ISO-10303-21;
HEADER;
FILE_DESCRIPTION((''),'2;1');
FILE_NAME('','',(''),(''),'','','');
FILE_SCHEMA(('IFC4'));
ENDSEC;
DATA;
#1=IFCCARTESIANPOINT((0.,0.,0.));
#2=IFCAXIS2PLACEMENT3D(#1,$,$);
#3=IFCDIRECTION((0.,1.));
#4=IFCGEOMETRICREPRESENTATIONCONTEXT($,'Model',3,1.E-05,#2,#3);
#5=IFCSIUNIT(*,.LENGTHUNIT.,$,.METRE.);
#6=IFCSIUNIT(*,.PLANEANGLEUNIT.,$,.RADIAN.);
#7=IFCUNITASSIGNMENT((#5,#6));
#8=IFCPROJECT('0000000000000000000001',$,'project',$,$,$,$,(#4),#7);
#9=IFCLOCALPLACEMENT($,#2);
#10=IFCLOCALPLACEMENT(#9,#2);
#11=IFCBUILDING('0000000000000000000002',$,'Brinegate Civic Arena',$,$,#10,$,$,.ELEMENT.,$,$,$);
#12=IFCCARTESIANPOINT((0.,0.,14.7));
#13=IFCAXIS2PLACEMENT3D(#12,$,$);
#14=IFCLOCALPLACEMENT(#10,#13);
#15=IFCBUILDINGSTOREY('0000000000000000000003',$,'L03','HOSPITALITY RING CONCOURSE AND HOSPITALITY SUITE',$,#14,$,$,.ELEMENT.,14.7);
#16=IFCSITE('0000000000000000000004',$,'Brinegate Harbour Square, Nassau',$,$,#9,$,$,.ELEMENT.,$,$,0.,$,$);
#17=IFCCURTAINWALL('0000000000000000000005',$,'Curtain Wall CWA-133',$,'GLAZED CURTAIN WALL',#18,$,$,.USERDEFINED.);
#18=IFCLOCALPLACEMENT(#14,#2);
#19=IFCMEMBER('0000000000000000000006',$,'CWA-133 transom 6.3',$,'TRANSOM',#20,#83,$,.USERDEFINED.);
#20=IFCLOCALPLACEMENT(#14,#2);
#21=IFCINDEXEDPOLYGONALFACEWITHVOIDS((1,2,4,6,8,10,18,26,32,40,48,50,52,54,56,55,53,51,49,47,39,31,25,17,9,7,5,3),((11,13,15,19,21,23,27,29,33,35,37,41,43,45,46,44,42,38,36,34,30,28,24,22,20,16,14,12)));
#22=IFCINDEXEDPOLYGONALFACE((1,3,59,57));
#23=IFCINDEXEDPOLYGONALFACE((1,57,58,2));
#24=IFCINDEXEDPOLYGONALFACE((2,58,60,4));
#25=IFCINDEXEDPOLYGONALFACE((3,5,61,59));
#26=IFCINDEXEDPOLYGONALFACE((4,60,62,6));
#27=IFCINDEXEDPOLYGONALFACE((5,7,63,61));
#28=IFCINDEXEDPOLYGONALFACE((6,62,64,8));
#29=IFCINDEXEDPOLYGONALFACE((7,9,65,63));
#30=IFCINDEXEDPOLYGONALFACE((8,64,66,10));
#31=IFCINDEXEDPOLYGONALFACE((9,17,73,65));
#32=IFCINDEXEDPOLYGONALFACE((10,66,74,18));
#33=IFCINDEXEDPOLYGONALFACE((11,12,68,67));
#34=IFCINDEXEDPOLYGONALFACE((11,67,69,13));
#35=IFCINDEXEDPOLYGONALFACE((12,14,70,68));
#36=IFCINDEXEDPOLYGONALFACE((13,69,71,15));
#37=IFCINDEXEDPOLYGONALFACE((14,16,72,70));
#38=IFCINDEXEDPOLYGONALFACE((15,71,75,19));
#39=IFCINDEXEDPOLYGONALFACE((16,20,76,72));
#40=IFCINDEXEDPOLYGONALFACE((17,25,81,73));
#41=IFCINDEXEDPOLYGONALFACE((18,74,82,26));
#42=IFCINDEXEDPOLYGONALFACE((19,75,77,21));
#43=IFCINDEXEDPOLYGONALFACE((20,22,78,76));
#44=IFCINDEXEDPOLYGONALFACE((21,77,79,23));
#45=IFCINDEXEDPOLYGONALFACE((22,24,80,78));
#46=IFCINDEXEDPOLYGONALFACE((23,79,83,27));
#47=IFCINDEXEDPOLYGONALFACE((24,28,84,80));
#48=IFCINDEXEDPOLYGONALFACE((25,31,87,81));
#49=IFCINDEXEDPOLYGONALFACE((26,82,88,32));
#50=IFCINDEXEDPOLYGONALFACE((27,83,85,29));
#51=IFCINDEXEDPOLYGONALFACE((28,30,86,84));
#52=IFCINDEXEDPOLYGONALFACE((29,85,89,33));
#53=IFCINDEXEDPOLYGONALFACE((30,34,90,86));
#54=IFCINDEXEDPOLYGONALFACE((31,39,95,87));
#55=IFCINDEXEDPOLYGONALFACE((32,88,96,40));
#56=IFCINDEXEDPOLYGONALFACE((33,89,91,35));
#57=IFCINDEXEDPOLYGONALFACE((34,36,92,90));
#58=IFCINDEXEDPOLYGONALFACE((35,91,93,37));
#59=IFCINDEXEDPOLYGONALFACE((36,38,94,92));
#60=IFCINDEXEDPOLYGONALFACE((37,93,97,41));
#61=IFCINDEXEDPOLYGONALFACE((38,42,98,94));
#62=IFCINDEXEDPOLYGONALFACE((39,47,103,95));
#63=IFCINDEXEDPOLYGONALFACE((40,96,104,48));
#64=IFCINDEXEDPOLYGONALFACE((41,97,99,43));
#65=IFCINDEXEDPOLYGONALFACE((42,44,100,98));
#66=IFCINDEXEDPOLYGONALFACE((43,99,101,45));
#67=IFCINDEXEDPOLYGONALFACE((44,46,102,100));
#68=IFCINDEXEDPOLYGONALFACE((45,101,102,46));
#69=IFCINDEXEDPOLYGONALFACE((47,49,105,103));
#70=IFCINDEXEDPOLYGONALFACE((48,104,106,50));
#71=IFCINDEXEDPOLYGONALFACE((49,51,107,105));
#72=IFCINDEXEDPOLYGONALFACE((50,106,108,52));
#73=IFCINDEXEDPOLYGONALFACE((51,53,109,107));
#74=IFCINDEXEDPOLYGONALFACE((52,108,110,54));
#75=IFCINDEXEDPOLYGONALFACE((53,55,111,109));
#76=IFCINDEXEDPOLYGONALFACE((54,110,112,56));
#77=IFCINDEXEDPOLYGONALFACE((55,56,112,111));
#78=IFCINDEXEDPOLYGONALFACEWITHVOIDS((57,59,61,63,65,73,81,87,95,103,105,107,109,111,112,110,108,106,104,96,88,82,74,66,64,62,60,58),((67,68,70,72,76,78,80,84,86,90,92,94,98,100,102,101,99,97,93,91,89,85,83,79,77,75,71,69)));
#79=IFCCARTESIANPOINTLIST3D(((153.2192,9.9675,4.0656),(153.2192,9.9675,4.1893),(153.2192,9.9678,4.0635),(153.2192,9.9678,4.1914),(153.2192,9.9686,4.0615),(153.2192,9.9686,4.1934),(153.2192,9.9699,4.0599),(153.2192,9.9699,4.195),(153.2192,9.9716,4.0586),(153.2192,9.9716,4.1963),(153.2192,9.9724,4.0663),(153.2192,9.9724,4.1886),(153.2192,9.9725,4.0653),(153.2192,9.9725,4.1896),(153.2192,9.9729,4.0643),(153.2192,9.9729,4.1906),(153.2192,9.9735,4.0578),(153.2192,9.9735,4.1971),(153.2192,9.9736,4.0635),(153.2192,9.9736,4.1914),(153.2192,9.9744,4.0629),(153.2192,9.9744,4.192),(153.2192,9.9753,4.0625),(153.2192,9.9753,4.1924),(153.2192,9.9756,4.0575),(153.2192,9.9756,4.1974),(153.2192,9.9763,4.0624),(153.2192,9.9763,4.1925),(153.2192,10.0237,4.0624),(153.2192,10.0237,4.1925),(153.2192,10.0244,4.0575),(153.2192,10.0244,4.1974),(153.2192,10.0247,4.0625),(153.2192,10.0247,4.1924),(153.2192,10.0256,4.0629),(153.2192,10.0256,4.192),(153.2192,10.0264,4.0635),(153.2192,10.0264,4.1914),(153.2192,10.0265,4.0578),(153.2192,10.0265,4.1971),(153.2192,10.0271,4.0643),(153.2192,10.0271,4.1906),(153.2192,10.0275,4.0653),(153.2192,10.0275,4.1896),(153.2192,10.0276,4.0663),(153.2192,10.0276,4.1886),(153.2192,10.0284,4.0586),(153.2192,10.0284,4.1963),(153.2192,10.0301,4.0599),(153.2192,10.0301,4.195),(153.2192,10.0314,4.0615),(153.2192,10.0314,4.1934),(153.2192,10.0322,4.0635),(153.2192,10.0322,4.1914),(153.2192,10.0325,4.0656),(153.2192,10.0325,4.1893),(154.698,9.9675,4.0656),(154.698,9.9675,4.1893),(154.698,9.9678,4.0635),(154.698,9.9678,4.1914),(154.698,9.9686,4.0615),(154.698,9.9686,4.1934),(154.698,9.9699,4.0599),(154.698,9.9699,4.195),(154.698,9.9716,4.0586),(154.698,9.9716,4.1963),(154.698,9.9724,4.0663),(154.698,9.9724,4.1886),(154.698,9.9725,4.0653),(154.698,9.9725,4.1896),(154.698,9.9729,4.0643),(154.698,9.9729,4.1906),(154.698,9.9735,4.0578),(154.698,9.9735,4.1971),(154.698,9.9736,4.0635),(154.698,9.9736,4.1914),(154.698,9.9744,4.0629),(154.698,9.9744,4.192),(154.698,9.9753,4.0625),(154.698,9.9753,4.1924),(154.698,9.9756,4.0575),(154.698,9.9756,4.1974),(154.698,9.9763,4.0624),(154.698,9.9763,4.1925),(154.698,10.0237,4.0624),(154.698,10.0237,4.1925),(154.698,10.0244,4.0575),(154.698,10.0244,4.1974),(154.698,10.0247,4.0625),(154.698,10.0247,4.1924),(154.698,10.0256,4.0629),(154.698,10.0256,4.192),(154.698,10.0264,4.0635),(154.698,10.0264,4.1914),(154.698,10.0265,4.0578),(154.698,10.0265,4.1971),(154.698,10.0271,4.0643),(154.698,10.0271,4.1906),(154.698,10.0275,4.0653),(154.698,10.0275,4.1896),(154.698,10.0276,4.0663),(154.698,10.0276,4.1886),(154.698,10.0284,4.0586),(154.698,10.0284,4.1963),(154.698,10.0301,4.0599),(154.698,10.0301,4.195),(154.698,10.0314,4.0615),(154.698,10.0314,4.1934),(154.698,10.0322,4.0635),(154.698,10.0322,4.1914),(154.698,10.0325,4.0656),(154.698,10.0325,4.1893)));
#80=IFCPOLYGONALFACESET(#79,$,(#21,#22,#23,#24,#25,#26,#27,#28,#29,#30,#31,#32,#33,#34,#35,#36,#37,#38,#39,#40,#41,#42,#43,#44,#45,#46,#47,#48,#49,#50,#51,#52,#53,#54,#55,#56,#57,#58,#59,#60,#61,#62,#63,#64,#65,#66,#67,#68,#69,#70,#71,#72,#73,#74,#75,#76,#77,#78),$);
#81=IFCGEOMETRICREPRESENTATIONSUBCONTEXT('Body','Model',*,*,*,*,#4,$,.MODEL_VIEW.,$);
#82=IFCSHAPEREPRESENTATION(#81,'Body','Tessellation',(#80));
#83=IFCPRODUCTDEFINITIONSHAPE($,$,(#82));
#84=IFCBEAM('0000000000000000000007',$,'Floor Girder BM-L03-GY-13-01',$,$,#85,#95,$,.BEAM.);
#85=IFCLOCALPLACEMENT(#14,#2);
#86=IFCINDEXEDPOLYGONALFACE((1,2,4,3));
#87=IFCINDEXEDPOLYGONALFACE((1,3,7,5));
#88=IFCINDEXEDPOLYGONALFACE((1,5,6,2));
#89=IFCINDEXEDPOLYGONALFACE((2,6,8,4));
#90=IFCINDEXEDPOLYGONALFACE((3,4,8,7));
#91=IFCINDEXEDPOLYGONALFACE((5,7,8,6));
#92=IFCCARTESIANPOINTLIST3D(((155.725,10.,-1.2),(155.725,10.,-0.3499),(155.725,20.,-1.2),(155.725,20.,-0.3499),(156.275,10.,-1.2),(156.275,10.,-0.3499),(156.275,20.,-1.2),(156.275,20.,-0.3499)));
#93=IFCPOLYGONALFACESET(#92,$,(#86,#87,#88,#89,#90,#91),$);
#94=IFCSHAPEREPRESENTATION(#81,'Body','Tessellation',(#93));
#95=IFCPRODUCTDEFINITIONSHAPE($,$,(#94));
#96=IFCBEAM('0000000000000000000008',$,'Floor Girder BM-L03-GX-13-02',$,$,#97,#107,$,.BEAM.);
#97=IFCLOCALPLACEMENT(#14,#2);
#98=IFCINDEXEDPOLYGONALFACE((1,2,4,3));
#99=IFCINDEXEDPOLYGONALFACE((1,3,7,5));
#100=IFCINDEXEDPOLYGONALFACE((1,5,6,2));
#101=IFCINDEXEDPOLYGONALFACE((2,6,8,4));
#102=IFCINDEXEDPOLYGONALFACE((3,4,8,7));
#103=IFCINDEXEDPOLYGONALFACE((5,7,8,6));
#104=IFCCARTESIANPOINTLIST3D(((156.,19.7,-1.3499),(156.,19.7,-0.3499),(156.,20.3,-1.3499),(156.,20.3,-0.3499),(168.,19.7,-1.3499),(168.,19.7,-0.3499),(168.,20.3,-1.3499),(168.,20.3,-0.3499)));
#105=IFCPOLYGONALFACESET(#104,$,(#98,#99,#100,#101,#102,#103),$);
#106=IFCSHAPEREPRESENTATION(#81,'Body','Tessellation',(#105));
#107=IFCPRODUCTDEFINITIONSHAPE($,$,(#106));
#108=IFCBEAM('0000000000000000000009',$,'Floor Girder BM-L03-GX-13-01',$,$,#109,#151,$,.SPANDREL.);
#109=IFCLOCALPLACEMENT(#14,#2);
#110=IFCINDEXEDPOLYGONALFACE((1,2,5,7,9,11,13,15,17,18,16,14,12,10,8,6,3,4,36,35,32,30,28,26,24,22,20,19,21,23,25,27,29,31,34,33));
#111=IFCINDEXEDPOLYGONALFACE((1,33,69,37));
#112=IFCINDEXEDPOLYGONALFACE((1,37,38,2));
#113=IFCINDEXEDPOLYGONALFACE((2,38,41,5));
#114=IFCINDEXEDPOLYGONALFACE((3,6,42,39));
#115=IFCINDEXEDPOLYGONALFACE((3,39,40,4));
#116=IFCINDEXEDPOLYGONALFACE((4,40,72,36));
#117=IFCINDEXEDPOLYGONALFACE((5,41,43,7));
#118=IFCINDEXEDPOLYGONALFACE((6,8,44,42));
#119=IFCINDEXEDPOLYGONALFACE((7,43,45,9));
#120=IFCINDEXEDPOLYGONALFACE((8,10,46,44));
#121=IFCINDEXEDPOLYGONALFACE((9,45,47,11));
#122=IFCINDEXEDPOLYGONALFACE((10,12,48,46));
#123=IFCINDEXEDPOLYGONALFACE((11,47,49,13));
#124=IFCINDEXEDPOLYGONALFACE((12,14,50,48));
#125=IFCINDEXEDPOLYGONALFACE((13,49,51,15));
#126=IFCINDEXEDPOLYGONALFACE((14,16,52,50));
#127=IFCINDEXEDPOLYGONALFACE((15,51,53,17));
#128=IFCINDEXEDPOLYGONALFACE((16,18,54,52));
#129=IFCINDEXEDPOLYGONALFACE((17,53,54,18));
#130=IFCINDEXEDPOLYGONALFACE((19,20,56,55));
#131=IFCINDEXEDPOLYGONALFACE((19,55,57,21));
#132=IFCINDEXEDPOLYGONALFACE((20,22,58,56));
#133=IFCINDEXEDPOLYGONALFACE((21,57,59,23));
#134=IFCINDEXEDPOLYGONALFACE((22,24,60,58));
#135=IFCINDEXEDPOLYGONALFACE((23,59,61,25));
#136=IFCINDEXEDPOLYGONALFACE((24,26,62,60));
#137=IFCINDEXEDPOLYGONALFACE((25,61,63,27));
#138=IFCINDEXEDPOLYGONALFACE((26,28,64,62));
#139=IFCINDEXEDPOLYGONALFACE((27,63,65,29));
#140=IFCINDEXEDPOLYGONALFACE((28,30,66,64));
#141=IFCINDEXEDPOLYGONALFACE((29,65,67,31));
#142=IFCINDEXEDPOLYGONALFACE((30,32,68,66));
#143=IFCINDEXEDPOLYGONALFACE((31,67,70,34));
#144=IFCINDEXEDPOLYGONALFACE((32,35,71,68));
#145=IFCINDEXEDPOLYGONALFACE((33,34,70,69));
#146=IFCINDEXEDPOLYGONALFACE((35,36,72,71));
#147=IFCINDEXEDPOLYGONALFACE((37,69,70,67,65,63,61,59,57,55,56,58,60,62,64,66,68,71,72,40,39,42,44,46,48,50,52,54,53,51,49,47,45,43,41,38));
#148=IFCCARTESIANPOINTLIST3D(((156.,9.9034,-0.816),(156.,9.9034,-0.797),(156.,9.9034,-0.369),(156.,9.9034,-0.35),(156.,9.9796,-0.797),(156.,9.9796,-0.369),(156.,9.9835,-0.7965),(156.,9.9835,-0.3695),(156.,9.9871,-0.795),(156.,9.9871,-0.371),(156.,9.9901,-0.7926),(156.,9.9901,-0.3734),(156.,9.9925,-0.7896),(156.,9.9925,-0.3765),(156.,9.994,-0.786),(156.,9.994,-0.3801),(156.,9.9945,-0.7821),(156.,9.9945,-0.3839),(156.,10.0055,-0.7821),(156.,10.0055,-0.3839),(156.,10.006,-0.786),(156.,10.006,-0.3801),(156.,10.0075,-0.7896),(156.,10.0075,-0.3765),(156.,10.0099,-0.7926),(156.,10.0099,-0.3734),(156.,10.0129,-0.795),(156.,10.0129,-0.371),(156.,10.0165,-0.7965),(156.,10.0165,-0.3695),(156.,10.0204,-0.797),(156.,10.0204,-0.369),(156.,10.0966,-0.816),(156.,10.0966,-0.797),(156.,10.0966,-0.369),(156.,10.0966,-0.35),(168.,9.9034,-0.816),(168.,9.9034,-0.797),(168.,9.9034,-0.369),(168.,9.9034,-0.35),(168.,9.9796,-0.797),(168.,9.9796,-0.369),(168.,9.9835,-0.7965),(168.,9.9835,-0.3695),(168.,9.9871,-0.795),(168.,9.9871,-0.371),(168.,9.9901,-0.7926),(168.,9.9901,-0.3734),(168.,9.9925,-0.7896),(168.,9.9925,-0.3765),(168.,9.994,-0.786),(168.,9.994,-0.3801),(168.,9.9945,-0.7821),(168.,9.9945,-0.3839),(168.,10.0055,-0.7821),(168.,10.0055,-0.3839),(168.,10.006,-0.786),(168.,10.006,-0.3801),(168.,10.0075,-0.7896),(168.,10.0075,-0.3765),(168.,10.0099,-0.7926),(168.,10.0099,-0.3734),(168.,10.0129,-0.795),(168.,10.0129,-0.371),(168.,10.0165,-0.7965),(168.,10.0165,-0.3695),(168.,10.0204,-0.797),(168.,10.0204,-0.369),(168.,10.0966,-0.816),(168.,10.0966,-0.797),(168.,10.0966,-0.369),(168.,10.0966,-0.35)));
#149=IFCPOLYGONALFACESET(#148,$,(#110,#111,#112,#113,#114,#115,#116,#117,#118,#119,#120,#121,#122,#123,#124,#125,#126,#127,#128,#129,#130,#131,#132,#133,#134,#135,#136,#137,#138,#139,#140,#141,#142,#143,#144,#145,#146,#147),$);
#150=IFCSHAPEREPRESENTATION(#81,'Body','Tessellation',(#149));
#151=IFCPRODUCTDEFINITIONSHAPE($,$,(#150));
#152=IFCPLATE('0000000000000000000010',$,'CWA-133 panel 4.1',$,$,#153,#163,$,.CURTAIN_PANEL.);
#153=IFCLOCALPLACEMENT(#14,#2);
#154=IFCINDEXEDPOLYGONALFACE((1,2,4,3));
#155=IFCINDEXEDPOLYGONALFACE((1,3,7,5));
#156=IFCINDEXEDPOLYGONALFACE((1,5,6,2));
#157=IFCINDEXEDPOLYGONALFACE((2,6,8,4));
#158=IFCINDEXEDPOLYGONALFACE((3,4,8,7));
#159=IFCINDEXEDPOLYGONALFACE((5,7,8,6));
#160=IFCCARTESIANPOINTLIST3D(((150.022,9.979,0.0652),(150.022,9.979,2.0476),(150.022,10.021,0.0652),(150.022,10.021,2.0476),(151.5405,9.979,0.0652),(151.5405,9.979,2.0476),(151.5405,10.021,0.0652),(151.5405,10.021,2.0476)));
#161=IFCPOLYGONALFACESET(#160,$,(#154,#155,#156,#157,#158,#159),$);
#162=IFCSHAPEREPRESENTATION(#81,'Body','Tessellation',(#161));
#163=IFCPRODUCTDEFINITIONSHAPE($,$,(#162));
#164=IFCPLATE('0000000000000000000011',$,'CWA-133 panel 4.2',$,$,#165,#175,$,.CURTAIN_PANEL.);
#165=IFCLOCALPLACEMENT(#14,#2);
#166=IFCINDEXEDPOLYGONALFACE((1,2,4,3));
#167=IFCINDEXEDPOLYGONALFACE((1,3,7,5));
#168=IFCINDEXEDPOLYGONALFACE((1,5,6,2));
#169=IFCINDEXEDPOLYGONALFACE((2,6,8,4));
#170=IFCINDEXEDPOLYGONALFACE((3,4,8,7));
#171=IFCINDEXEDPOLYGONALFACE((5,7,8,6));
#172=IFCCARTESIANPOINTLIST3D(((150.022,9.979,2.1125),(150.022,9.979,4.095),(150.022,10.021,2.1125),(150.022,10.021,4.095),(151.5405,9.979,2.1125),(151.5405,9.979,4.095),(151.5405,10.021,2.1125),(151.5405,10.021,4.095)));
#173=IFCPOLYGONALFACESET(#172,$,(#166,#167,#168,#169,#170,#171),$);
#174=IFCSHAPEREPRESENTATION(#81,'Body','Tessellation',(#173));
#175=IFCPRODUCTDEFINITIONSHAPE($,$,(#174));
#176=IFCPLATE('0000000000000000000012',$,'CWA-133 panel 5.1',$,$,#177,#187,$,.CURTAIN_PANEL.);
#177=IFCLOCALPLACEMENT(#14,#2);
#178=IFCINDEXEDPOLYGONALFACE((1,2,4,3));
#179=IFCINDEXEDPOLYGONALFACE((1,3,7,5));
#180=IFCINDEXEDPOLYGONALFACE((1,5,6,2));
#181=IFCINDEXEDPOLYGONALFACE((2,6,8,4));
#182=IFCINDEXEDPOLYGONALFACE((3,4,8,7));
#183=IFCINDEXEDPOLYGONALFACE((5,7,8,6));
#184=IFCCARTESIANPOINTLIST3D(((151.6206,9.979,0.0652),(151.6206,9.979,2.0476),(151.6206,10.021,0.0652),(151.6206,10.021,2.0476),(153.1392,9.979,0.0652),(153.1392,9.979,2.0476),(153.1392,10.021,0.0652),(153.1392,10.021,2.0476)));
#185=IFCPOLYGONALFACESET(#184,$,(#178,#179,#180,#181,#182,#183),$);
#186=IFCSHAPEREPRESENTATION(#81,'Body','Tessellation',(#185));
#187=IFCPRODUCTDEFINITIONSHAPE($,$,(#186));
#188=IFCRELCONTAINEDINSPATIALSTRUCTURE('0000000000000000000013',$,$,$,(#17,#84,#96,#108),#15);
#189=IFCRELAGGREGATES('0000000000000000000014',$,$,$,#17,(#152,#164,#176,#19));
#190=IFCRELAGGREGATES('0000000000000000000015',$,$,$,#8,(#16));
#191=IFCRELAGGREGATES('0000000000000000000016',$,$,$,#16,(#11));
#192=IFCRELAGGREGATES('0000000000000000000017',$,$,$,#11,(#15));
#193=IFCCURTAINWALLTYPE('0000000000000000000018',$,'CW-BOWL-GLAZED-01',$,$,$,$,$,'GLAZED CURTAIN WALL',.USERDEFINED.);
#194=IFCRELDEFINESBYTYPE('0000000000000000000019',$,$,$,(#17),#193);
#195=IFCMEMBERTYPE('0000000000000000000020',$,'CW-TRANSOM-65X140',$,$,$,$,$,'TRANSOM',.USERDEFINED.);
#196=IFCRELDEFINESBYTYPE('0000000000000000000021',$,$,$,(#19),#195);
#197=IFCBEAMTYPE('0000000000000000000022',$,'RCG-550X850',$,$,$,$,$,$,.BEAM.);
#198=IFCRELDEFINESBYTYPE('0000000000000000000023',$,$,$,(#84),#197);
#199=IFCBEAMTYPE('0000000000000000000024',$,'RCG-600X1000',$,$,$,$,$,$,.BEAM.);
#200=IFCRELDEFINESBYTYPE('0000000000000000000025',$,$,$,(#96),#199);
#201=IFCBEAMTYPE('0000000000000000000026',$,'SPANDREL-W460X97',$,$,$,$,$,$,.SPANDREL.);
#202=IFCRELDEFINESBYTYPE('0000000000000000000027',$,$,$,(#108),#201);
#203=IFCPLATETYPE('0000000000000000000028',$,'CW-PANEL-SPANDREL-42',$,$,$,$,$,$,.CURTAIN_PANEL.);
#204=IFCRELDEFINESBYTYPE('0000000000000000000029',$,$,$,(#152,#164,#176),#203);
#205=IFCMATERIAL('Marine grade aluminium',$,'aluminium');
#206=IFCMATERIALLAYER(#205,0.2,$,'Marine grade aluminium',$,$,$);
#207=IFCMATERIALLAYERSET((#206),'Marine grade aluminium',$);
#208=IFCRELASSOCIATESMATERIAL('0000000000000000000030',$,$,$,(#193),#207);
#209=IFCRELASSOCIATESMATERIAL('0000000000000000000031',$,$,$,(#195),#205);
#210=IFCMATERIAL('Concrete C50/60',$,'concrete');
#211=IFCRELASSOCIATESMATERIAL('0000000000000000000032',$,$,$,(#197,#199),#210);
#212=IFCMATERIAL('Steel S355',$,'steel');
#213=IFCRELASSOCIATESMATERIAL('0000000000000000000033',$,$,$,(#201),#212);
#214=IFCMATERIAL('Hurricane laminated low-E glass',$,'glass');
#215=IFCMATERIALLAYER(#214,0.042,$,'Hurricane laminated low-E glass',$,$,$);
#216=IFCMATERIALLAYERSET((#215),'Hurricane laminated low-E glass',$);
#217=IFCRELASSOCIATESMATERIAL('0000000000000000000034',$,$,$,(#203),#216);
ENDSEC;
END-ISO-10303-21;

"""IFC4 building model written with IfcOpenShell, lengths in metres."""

from ifc_helpers import new_model, si_unit, direction, frame, origin, origin_2d, place, context, subcontext, project, spatial, rectangle, hollow_rectangle, i_section, extrude, material, layer, layer_set, material_profile, profile_set, type_object, element, aggregate, save


model = new_model("IFC4")

# Units and contexts
model_context = context("Model", 3, precision=1e-05, world=origin(), true_north=direction((0.0, 1.0)))
body_context = subcontext(model_context, "Body", "Model", "MODEL_VIEW")
ifc_project = project(units=[si_unit("LENGTHUNIT", "METRE"), si_unit("PLANEANGLEUNIT", "RADIAN")], contexts=[model_context])

# Site, building, storey
site_placement = place(None, origin())
site = spatial("IfcSite", under=ifc_project, at=site_placement, Name="Brinegate Harbour Square, Nassau", CompositionType="ELEMENT", RefElevation=0.0)
building_placement = place(site_placement, origin())
building = spatial("IfcBuilding", under=site, at=building_placement, Name="Brinegate Civic Arena", CompositionType="ELEMENT")
storey_placement = place(building_placement, frame((0.0, 0.0, 14.7)))
storey = spatial("IfcBuildingStorey", under=building, at=storey_placement, Name="L03", Description="HOSPITALITY RING CONCOURSE AND HOSPITALITY SUITE", CompositionType="ELEMENT", Elevation=14.7)

# Shared definitions
ifc_material_1 = material(Name="Concrete C50/60", Category="concrete")

# Curtain wall, member
ifc_material_2 = material(Name="Marine grade aluminium", Category="aluminium")
ifc_layer_1 = layer(ifc_material_2, 0.2, Name="Marine grade aluminium")
ifc_layer_set_1 = layer_set([ifc_layer_1], Name="Marine grade aluminium")
curtain_wall_type = type_object("IfcCurtainWallType", Name="CW-BOWL-GLAZED-01", ElementType="GLAZED CURTAIN WALL", PredefinedType="USERDEFINED", material=ifc_layer_set_1)
curtain_wall_placement = place(storey_placement, origin())
curtain_wall = element("IfcCurtainWall", 1, at=curtain_wall_placement, inside=storey, type_object=curtain_wall_type, Name="Curtain Wall CWA-133", ObjectType="GLAZED CURTAIN WALL", PredefinedType="USERDEFINED")
ifc_material_profile_1 = material_profile(ifc_material_2, hollow_rectangle(XDim=0.0649, YDim=0.1399, WallThickness=0.0049, InnerFilletRadius=0.0039, OuterFilletRadius=0.0081, at=origin_2d()), Name="TRN65X140")
ifc_profile_set_1 = profile_set([ifc_material_profile_1], Name="Marine grade aluminium")
member_type_1 = type_object("IfcMemberType", Name="CW-TRANSOM-65X140", ElementType="TRANSOM", PredefinedType="USERDEFINED", material=ifc_profile_set_1)
member_1_placement = place(storey_placement, frame((153.2192, 10.0, 4.1274), z_axis=(1.0, 0.0, 0.0), x_axis=(0.0, 1.0, 0.0)))
member_1 = element("IfcMember", 2, at=member_1_placement, type_object=member_type_1, Name="CWA-133 transom 6.3", ObjectType="TRANSOM", PredefinedType="USERDEFINED", context=body_context, shape_type="SweptSolid", body=[
    extrude(hollow_rectangle(XDim=0.0649, YDim=0.1399, WallThickness=0.0049, InnerFilletRadius=0.0039, OuterFilletRadius=0.0081, at=origin_2d()), origin(), (0.0, 0.0, 1.0), 1.4788),
])

# Beams
ifc_material_profile_2 = material_profile(ifc_material_1, rectangle(XDim=0.55, YDim=0.8501, at=origin_2d()), Name="RCB550X850")
ifc_profile_set_2 = profile_set([ifc_material_profile_2], Name="Concrete C50/60")
beam_type_1 = type_object("IfcBeamType", Name="RCG-550X850", PredefinedType="BEAM", material=ifc_profile_set_2)
beam_1_placement = place(storey_placement, frame((156.0, 10.0, -0.7749), z_axis=(0.0, 1.0, 0.0), x_axis=(-1.0, 0.0, 0.0)))
element("IfcBeam", 3, at=beam_1_placement, inside=storey, type_object=beam_type_1, Name="Floor Girder BM-L03-GY-13-01", PredefinedType="BEAM", context=body_context, shape_type="SweptSolid", body=[
    extrude(rectangle(XDim=0.55, YDim=0.8501, at=origin_2d()), origin(), (0.0, 0.0, 1.0), 10.0),
])
ifc_material_profile_3 = material_profile(ifc_material_1, rectangle(XDim=0.6001, YDim=1.0, at=origin_2d()), Name="RCB600X1000")
ifc_profile_set_3 = profile_set([ifc_material_profile_3], Name="Concrete C50/60")
beam_type_2 = type_object("IfcBeamType", Name="RCG-600X1000", PredefinedType="BEAM", material=ifc_profile_set_3)
beam_2_placement = place(storey_placement, frame((156.0, 20.0, -0.8499), z_axis=(1.0, 0.0, 0.0), x_axis=(0.0, 1.0, 0.0)))
element("IfcBeam", 4, at=beam_2_placement, inside=storey, type_object=beam_type_2, Name="Floor Girder BM-L03-GX-13-02", PredefinedType="BEAM", context=body_context, shape_type="SweptSolid", body=[
    extrude(rectangle(XDim=0.6001, YDim=1.0, at=origin_2d()), origin(), (0.0, 0.0, 1.0), 12.0),
])
ifc_material_3 = material(Name="Steel S355", Category="steel")
ifc_material_profile_4 = material_profile(ifc_material_3, i_section(OverallWidth=0.1931, OverallDepth=0.4661, WebThickness=0.011, FlangeThickness=0.019, FilletRadius=0.0149, at=origin_2d()), Name="W460X97")
ifc_profile_set_4 = profile_set([ifc_material_profile_4], Name="Steel S355")
beam_type_3 = type_object("IfcBeamType", Name="SPANDREL-W460X97", PredefinedType="SPANDREL", material=ifc_profile_set_4)
beam_3_placement = place(storey_placement, frame((156.0, 10.0, -0.583), z_axis=(1.0, 0.0, 0.0), x_axis=(0.0, 1.0, 0.0)))
element("IfcBeam", 5, at=beam_3_placement, inside=storey, type_object=beam_type_3, Name="Floor Girder BM-L03-GX-13-01", PredefinedType="SPANDREL", context=body_context, shape_type="SweptSolid", body=[
    extrude(i_section(OverallWidth=0.1931, OverallDepth=0.4661, WebThickness=0.011, FlangeThickness=0.019, FilletRadius=0.0149, at=origin_2d()), origin(), (0.0, 0.0, 1.0), 12.0),
])

# Plates
ifc_material_4 = material(Name="Hurricane laminated low-E glass", Category="glass")
ifc_layer_2 = layer(ifc_material_4, 0.042, Name="Hurricane laminated low-E glass")
ifc_layer_set_2 = layer_set([ifc_layer_2], Name="Hurricane laminated low-E glass")
plate_type = type_object("IfcPlateType", Name="CW-PANEL-SPANDREL-42", PredefinedType="CURTAIN_PANEL", material=ifc_layer_set_2)
plate_1_placement = place(storey_placement, frame((150.7812, 10.0, 0.0652), z_axis=(0.0, 0.0, 1.0), x_axis=(1.0, 0.0, 0.0)))
plate_1 = element("IfcPlate", 6, at=plate_1_placement, type_object=plate_type, Name="CWA-133 panel 4.1", PredefinedType="CURTAIN_PANEL", context=body_context, shape_type="SweptSolid", body=[
    extrude(rectangle(XDim=1.5186, YDim=0.042, at=origin_2d()), origin(), (0.0, 0.0, 1.0), 1.9824),
])
plate_2_placement = place(storey_placement, frame((150.7812, 10.0, 2.1125), z_axis=(0.0, 0.0, 1.0), x_axis=(1.0, 0.0, 0.0)))
plate_2 = element("IfcPlate", 7, at=plate_2_placement, type_object=plate_type, Name="CWA-133 panel 4.2", PredefinedType="CURTAIN_PANEL", context=body_context, shape_type="SweptSolid", body=[
    extrude(rectangle(XDim=1.5186, YDim=0.042, at=origin_2d()), origin(), (0.0, 0.0, 1.0), 1.9824),
])
plate_3_placement = place(storey_placement, frame((152.3799, 10.0, 0.0652), z_axis=(0.0, 0.0, 1.0), x_axis=(1.0, 0.0, 0.0)))
plate_3 = element("IfcPlate", 8, at=plate_3_placement, type_object=plate_type, Name="CWA-133 panel 5.1", PredefinedType="CURTAIN_PANEL", context=body_context, shape_type="SweptSolid", body=[
    extrude(rectangle(XDim=1.5186, YDim=0.042, at=origin_2d()), origin(), (0.0, 0.0, 1.0), 1.9824),
])
aggregate(curtain_wall, [plate_1, plate_2, plate_3, member_1])

save(model, "model.ifc")
